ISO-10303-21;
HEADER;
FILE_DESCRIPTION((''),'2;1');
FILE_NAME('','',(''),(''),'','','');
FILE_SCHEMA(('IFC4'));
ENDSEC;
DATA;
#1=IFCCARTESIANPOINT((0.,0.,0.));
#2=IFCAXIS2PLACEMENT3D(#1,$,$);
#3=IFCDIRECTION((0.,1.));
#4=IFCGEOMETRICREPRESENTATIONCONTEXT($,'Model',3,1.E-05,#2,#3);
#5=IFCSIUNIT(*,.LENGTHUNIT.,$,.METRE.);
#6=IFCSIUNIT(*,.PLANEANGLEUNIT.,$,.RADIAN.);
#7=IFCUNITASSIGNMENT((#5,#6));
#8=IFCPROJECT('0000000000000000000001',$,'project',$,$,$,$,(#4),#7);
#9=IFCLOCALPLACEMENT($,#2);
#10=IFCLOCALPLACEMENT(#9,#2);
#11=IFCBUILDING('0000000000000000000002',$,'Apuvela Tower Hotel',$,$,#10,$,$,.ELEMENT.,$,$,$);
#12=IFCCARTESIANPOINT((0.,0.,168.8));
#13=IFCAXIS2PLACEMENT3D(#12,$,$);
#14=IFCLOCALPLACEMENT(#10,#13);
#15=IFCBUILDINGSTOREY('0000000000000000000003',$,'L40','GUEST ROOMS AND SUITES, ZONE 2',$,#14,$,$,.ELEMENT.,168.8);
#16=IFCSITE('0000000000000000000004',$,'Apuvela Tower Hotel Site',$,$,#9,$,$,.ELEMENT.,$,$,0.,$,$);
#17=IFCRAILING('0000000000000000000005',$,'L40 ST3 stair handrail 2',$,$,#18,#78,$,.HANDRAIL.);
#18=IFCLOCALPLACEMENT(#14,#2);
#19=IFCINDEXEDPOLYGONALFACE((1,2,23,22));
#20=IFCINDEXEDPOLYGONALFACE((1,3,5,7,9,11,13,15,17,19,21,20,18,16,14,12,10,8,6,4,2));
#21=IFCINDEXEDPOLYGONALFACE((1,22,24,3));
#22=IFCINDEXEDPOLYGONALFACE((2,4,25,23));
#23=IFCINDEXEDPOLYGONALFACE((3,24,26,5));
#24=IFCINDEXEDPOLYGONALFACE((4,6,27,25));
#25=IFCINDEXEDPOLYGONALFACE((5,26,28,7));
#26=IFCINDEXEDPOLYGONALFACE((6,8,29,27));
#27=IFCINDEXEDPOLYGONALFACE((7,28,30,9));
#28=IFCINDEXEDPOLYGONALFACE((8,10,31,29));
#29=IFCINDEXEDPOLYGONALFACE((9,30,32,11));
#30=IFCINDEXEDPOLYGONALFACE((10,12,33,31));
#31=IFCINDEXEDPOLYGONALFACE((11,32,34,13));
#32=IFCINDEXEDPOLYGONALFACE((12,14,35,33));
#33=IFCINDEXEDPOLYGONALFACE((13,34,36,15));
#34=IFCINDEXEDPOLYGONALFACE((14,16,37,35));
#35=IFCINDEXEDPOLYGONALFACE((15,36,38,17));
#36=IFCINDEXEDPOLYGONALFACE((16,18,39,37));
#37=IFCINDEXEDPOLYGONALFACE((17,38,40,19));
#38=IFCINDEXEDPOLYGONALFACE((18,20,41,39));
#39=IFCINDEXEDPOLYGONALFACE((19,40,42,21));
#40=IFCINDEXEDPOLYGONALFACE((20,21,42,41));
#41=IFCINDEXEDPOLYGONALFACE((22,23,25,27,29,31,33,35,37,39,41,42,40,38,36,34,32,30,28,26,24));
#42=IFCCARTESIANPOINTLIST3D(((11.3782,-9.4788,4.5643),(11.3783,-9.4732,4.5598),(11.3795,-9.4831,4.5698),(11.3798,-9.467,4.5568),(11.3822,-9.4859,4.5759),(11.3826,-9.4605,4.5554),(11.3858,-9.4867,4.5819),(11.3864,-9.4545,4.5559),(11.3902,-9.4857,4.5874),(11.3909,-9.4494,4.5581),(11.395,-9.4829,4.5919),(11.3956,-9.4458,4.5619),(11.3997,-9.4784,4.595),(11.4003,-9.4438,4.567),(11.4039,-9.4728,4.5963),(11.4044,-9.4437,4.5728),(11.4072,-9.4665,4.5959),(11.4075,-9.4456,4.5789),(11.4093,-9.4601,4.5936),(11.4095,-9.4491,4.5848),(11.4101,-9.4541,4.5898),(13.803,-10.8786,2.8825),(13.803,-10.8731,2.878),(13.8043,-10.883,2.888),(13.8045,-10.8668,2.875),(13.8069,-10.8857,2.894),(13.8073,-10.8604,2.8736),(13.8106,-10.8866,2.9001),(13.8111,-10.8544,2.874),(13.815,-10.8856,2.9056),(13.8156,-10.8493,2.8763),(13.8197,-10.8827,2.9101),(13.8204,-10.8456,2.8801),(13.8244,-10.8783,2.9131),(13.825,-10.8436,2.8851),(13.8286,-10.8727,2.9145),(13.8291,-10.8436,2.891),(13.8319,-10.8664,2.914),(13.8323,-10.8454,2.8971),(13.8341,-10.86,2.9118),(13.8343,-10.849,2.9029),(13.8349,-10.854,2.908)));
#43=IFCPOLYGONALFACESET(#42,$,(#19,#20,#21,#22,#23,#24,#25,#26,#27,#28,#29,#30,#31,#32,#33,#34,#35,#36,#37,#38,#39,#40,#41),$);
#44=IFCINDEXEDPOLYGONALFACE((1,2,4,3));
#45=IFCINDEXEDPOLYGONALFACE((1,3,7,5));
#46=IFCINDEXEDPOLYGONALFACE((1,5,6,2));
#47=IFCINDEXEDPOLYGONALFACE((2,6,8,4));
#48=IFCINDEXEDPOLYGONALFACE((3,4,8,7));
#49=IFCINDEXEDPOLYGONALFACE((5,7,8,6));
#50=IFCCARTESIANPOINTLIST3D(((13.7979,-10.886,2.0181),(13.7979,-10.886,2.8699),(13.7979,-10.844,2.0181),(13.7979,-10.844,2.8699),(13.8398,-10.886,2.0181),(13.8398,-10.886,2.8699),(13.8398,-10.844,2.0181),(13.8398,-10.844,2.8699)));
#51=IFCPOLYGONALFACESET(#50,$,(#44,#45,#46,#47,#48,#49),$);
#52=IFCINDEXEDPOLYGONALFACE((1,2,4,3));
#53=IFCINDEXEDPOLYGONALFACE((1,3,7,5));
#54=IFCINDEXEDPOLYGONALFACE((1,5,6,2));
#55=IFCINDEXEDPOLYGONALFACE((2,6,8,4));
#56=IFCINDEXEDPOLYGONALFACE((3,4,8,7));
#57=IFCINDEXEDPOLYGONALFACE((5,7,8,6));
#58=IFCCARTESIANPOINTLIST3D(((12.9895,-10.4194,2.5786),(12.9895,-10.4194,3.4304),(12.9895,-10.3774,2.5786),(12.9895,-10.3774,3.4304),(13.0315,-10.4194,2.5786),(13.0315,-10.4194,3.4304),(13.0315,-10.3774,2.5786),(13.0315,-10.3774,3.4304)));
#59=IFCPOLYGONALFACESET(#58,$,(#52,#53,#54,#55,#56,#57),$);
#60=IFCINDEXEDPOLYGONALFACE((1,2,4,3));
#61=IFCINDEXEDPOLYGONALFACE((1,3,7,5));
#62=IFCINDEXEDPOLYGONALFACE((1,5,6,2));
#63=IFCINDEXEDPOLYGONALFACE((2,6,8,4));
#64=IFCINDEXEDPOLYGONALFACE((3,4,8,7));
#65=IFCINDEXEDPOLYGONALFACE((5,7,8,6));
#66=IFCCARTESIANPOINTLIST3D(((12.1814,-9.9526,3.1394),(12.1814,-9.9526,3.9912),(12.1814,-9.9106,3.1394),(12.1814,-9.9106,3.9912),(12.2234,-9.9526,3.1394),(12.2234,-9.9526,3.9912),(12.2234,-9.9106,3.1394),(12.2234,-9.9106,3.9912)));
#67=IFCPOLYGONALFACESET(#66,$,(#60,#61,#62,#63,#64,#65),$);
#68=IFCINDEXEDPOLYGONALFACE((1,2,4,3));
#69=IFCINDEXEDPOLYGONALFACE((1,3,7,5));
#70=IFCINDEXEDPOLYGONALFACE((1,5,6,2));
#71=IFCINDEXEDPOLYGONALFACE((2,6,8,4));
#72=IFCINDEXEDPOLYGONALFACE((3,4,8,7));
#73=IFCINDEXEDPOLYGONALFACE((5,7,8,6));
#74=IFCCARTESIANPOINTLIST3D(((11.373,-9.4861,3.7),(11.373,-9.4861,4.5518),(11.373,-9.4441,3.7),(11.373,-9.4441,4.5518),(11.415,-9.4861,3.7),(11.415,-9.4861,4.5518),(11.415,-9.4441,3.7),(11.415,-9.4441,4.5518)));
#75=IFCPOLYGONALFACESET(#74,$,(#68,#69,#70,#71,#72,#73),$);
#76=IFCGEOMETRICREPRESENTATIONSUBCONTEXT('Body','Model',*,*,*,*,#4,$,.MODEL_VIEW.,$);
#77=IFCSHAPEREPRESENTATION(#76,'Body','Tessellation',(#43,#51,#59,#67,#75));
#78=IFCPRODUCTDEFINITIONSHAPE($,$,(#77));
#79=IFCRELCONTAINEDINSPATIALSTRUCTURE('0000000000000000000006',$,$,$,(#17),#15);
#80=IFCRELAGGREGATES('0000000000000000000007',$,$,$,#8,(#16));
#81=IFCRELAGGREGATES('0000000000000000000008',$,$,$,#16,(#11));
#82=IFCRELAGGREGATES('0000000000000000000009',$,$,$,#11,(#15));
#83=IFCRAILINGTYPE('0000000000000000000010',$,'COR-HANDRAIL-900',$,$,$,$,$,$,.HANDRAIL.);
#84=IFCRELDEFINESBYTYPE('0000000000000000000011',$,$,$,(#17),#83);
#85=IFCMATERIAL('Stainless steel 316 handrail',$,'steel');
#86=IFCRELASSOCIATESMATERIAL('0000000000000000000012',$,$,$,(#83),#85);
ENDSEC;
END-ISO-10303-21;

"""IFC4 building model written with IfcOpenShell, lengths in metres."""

from ifc_helpers import new_model, si_unit, direction, frame, origin, origin_2d, place, context, subcontext, project, spatial, rectangle, circle, extrude, material, type_object, element, save


model = new_model("IFC4")

# Units and contexts
model_context = context("Model", 3, precision=1e-05, world=origin(), true_north=direction((0.0, 1.0)))
body_context = subcontext(model_context, "Body", "Model", "MODEL_VIEW")
ifc_project = project(units=[si_unit("LENGTHUNIT", "METRE"), si_unit("PLANEANGLEUNIT", "RADIAN")], contexts=[model_context])

# Site, building, storey
site_placement = place(None, origin())
site = spatial("IfcSite", under=ifc_project, at=site_placement, Name="Apuvela Tower Hotel Site", CompositionType="ELEMENT", RefElevation=0.0)
building_placement = place(site_placement, origin())
building = spatial("IfcBuilding", under=site, at=building_placement, Name="Apuvela Tower Hotel", CompositionType="ELEMENT")
storey_placement = place(building_placement, frame((0.0, 0.0, 168.8)))
storey = spatial("IfcBuildingStorey", under=building, at=storey_placement, Name="L40", Description="GUEST ROOMS AND SUITES, ZONE 2", CompositionType="ELEMENT", Elevation=168.8)

# Railing
ifc_material_1 = material(Name="Stainless steel 316 handrail", Category="steel")
railing_type_1 = type_object("IfcRailingType", Name="COR-HANDRAIL-900", PredefinedType="HANDRAIL", material=ifc_material_1)
railing_1_placement = place(storey_placement, frame((13.8188, -10.865, 2.0181)))
element("IfcRailing", 1, at=railing_1_placement, inside=storey, type_object=railing_type_1, Name="L40 ST3 stair handrail 2", PredefinedType="HANDRAIL", context=body_context, shape_type="SweptSolid", body=[
    extrude(circle(Radius=0.0239, at=origin_2d()), frame((0.0, 0.0, 0.876), z_axis=(-0.74239, 0.428601, 0.514934), x_axis=(-0.499984, -0.866035, 0.0)), (0.0, 0.0, 1.0), 3.2661),
    extrude(rectangle(XDim=0.042, YDim=0.042, at=origin_2d()), origin(), (0.0, 0.0, 1.0), 0.8518),
    extrude(rectangle(XDim=0.042, YDim=0.042, at=origin_2d()), frame((-0.8083, 0.4666, 0.5605)), (0.0, 0.0, 1.0), 0.8518),
    extrude(rectangle(XDim=0.042, YDim=0.042, at=origin_2d()), frame((-1.6165, 0.9333, 1.1213)), (0.0, 0.0, 1.0), 0.8518),
    extrude(rectangle(XDim=0.042, YDim=0.042, at=origin_2d()), frame((-2.4248, 1.3999, 1.6819)), (0.0, 0.0, 1.0), 0.8518),
])

save(model, "model.ifc")
